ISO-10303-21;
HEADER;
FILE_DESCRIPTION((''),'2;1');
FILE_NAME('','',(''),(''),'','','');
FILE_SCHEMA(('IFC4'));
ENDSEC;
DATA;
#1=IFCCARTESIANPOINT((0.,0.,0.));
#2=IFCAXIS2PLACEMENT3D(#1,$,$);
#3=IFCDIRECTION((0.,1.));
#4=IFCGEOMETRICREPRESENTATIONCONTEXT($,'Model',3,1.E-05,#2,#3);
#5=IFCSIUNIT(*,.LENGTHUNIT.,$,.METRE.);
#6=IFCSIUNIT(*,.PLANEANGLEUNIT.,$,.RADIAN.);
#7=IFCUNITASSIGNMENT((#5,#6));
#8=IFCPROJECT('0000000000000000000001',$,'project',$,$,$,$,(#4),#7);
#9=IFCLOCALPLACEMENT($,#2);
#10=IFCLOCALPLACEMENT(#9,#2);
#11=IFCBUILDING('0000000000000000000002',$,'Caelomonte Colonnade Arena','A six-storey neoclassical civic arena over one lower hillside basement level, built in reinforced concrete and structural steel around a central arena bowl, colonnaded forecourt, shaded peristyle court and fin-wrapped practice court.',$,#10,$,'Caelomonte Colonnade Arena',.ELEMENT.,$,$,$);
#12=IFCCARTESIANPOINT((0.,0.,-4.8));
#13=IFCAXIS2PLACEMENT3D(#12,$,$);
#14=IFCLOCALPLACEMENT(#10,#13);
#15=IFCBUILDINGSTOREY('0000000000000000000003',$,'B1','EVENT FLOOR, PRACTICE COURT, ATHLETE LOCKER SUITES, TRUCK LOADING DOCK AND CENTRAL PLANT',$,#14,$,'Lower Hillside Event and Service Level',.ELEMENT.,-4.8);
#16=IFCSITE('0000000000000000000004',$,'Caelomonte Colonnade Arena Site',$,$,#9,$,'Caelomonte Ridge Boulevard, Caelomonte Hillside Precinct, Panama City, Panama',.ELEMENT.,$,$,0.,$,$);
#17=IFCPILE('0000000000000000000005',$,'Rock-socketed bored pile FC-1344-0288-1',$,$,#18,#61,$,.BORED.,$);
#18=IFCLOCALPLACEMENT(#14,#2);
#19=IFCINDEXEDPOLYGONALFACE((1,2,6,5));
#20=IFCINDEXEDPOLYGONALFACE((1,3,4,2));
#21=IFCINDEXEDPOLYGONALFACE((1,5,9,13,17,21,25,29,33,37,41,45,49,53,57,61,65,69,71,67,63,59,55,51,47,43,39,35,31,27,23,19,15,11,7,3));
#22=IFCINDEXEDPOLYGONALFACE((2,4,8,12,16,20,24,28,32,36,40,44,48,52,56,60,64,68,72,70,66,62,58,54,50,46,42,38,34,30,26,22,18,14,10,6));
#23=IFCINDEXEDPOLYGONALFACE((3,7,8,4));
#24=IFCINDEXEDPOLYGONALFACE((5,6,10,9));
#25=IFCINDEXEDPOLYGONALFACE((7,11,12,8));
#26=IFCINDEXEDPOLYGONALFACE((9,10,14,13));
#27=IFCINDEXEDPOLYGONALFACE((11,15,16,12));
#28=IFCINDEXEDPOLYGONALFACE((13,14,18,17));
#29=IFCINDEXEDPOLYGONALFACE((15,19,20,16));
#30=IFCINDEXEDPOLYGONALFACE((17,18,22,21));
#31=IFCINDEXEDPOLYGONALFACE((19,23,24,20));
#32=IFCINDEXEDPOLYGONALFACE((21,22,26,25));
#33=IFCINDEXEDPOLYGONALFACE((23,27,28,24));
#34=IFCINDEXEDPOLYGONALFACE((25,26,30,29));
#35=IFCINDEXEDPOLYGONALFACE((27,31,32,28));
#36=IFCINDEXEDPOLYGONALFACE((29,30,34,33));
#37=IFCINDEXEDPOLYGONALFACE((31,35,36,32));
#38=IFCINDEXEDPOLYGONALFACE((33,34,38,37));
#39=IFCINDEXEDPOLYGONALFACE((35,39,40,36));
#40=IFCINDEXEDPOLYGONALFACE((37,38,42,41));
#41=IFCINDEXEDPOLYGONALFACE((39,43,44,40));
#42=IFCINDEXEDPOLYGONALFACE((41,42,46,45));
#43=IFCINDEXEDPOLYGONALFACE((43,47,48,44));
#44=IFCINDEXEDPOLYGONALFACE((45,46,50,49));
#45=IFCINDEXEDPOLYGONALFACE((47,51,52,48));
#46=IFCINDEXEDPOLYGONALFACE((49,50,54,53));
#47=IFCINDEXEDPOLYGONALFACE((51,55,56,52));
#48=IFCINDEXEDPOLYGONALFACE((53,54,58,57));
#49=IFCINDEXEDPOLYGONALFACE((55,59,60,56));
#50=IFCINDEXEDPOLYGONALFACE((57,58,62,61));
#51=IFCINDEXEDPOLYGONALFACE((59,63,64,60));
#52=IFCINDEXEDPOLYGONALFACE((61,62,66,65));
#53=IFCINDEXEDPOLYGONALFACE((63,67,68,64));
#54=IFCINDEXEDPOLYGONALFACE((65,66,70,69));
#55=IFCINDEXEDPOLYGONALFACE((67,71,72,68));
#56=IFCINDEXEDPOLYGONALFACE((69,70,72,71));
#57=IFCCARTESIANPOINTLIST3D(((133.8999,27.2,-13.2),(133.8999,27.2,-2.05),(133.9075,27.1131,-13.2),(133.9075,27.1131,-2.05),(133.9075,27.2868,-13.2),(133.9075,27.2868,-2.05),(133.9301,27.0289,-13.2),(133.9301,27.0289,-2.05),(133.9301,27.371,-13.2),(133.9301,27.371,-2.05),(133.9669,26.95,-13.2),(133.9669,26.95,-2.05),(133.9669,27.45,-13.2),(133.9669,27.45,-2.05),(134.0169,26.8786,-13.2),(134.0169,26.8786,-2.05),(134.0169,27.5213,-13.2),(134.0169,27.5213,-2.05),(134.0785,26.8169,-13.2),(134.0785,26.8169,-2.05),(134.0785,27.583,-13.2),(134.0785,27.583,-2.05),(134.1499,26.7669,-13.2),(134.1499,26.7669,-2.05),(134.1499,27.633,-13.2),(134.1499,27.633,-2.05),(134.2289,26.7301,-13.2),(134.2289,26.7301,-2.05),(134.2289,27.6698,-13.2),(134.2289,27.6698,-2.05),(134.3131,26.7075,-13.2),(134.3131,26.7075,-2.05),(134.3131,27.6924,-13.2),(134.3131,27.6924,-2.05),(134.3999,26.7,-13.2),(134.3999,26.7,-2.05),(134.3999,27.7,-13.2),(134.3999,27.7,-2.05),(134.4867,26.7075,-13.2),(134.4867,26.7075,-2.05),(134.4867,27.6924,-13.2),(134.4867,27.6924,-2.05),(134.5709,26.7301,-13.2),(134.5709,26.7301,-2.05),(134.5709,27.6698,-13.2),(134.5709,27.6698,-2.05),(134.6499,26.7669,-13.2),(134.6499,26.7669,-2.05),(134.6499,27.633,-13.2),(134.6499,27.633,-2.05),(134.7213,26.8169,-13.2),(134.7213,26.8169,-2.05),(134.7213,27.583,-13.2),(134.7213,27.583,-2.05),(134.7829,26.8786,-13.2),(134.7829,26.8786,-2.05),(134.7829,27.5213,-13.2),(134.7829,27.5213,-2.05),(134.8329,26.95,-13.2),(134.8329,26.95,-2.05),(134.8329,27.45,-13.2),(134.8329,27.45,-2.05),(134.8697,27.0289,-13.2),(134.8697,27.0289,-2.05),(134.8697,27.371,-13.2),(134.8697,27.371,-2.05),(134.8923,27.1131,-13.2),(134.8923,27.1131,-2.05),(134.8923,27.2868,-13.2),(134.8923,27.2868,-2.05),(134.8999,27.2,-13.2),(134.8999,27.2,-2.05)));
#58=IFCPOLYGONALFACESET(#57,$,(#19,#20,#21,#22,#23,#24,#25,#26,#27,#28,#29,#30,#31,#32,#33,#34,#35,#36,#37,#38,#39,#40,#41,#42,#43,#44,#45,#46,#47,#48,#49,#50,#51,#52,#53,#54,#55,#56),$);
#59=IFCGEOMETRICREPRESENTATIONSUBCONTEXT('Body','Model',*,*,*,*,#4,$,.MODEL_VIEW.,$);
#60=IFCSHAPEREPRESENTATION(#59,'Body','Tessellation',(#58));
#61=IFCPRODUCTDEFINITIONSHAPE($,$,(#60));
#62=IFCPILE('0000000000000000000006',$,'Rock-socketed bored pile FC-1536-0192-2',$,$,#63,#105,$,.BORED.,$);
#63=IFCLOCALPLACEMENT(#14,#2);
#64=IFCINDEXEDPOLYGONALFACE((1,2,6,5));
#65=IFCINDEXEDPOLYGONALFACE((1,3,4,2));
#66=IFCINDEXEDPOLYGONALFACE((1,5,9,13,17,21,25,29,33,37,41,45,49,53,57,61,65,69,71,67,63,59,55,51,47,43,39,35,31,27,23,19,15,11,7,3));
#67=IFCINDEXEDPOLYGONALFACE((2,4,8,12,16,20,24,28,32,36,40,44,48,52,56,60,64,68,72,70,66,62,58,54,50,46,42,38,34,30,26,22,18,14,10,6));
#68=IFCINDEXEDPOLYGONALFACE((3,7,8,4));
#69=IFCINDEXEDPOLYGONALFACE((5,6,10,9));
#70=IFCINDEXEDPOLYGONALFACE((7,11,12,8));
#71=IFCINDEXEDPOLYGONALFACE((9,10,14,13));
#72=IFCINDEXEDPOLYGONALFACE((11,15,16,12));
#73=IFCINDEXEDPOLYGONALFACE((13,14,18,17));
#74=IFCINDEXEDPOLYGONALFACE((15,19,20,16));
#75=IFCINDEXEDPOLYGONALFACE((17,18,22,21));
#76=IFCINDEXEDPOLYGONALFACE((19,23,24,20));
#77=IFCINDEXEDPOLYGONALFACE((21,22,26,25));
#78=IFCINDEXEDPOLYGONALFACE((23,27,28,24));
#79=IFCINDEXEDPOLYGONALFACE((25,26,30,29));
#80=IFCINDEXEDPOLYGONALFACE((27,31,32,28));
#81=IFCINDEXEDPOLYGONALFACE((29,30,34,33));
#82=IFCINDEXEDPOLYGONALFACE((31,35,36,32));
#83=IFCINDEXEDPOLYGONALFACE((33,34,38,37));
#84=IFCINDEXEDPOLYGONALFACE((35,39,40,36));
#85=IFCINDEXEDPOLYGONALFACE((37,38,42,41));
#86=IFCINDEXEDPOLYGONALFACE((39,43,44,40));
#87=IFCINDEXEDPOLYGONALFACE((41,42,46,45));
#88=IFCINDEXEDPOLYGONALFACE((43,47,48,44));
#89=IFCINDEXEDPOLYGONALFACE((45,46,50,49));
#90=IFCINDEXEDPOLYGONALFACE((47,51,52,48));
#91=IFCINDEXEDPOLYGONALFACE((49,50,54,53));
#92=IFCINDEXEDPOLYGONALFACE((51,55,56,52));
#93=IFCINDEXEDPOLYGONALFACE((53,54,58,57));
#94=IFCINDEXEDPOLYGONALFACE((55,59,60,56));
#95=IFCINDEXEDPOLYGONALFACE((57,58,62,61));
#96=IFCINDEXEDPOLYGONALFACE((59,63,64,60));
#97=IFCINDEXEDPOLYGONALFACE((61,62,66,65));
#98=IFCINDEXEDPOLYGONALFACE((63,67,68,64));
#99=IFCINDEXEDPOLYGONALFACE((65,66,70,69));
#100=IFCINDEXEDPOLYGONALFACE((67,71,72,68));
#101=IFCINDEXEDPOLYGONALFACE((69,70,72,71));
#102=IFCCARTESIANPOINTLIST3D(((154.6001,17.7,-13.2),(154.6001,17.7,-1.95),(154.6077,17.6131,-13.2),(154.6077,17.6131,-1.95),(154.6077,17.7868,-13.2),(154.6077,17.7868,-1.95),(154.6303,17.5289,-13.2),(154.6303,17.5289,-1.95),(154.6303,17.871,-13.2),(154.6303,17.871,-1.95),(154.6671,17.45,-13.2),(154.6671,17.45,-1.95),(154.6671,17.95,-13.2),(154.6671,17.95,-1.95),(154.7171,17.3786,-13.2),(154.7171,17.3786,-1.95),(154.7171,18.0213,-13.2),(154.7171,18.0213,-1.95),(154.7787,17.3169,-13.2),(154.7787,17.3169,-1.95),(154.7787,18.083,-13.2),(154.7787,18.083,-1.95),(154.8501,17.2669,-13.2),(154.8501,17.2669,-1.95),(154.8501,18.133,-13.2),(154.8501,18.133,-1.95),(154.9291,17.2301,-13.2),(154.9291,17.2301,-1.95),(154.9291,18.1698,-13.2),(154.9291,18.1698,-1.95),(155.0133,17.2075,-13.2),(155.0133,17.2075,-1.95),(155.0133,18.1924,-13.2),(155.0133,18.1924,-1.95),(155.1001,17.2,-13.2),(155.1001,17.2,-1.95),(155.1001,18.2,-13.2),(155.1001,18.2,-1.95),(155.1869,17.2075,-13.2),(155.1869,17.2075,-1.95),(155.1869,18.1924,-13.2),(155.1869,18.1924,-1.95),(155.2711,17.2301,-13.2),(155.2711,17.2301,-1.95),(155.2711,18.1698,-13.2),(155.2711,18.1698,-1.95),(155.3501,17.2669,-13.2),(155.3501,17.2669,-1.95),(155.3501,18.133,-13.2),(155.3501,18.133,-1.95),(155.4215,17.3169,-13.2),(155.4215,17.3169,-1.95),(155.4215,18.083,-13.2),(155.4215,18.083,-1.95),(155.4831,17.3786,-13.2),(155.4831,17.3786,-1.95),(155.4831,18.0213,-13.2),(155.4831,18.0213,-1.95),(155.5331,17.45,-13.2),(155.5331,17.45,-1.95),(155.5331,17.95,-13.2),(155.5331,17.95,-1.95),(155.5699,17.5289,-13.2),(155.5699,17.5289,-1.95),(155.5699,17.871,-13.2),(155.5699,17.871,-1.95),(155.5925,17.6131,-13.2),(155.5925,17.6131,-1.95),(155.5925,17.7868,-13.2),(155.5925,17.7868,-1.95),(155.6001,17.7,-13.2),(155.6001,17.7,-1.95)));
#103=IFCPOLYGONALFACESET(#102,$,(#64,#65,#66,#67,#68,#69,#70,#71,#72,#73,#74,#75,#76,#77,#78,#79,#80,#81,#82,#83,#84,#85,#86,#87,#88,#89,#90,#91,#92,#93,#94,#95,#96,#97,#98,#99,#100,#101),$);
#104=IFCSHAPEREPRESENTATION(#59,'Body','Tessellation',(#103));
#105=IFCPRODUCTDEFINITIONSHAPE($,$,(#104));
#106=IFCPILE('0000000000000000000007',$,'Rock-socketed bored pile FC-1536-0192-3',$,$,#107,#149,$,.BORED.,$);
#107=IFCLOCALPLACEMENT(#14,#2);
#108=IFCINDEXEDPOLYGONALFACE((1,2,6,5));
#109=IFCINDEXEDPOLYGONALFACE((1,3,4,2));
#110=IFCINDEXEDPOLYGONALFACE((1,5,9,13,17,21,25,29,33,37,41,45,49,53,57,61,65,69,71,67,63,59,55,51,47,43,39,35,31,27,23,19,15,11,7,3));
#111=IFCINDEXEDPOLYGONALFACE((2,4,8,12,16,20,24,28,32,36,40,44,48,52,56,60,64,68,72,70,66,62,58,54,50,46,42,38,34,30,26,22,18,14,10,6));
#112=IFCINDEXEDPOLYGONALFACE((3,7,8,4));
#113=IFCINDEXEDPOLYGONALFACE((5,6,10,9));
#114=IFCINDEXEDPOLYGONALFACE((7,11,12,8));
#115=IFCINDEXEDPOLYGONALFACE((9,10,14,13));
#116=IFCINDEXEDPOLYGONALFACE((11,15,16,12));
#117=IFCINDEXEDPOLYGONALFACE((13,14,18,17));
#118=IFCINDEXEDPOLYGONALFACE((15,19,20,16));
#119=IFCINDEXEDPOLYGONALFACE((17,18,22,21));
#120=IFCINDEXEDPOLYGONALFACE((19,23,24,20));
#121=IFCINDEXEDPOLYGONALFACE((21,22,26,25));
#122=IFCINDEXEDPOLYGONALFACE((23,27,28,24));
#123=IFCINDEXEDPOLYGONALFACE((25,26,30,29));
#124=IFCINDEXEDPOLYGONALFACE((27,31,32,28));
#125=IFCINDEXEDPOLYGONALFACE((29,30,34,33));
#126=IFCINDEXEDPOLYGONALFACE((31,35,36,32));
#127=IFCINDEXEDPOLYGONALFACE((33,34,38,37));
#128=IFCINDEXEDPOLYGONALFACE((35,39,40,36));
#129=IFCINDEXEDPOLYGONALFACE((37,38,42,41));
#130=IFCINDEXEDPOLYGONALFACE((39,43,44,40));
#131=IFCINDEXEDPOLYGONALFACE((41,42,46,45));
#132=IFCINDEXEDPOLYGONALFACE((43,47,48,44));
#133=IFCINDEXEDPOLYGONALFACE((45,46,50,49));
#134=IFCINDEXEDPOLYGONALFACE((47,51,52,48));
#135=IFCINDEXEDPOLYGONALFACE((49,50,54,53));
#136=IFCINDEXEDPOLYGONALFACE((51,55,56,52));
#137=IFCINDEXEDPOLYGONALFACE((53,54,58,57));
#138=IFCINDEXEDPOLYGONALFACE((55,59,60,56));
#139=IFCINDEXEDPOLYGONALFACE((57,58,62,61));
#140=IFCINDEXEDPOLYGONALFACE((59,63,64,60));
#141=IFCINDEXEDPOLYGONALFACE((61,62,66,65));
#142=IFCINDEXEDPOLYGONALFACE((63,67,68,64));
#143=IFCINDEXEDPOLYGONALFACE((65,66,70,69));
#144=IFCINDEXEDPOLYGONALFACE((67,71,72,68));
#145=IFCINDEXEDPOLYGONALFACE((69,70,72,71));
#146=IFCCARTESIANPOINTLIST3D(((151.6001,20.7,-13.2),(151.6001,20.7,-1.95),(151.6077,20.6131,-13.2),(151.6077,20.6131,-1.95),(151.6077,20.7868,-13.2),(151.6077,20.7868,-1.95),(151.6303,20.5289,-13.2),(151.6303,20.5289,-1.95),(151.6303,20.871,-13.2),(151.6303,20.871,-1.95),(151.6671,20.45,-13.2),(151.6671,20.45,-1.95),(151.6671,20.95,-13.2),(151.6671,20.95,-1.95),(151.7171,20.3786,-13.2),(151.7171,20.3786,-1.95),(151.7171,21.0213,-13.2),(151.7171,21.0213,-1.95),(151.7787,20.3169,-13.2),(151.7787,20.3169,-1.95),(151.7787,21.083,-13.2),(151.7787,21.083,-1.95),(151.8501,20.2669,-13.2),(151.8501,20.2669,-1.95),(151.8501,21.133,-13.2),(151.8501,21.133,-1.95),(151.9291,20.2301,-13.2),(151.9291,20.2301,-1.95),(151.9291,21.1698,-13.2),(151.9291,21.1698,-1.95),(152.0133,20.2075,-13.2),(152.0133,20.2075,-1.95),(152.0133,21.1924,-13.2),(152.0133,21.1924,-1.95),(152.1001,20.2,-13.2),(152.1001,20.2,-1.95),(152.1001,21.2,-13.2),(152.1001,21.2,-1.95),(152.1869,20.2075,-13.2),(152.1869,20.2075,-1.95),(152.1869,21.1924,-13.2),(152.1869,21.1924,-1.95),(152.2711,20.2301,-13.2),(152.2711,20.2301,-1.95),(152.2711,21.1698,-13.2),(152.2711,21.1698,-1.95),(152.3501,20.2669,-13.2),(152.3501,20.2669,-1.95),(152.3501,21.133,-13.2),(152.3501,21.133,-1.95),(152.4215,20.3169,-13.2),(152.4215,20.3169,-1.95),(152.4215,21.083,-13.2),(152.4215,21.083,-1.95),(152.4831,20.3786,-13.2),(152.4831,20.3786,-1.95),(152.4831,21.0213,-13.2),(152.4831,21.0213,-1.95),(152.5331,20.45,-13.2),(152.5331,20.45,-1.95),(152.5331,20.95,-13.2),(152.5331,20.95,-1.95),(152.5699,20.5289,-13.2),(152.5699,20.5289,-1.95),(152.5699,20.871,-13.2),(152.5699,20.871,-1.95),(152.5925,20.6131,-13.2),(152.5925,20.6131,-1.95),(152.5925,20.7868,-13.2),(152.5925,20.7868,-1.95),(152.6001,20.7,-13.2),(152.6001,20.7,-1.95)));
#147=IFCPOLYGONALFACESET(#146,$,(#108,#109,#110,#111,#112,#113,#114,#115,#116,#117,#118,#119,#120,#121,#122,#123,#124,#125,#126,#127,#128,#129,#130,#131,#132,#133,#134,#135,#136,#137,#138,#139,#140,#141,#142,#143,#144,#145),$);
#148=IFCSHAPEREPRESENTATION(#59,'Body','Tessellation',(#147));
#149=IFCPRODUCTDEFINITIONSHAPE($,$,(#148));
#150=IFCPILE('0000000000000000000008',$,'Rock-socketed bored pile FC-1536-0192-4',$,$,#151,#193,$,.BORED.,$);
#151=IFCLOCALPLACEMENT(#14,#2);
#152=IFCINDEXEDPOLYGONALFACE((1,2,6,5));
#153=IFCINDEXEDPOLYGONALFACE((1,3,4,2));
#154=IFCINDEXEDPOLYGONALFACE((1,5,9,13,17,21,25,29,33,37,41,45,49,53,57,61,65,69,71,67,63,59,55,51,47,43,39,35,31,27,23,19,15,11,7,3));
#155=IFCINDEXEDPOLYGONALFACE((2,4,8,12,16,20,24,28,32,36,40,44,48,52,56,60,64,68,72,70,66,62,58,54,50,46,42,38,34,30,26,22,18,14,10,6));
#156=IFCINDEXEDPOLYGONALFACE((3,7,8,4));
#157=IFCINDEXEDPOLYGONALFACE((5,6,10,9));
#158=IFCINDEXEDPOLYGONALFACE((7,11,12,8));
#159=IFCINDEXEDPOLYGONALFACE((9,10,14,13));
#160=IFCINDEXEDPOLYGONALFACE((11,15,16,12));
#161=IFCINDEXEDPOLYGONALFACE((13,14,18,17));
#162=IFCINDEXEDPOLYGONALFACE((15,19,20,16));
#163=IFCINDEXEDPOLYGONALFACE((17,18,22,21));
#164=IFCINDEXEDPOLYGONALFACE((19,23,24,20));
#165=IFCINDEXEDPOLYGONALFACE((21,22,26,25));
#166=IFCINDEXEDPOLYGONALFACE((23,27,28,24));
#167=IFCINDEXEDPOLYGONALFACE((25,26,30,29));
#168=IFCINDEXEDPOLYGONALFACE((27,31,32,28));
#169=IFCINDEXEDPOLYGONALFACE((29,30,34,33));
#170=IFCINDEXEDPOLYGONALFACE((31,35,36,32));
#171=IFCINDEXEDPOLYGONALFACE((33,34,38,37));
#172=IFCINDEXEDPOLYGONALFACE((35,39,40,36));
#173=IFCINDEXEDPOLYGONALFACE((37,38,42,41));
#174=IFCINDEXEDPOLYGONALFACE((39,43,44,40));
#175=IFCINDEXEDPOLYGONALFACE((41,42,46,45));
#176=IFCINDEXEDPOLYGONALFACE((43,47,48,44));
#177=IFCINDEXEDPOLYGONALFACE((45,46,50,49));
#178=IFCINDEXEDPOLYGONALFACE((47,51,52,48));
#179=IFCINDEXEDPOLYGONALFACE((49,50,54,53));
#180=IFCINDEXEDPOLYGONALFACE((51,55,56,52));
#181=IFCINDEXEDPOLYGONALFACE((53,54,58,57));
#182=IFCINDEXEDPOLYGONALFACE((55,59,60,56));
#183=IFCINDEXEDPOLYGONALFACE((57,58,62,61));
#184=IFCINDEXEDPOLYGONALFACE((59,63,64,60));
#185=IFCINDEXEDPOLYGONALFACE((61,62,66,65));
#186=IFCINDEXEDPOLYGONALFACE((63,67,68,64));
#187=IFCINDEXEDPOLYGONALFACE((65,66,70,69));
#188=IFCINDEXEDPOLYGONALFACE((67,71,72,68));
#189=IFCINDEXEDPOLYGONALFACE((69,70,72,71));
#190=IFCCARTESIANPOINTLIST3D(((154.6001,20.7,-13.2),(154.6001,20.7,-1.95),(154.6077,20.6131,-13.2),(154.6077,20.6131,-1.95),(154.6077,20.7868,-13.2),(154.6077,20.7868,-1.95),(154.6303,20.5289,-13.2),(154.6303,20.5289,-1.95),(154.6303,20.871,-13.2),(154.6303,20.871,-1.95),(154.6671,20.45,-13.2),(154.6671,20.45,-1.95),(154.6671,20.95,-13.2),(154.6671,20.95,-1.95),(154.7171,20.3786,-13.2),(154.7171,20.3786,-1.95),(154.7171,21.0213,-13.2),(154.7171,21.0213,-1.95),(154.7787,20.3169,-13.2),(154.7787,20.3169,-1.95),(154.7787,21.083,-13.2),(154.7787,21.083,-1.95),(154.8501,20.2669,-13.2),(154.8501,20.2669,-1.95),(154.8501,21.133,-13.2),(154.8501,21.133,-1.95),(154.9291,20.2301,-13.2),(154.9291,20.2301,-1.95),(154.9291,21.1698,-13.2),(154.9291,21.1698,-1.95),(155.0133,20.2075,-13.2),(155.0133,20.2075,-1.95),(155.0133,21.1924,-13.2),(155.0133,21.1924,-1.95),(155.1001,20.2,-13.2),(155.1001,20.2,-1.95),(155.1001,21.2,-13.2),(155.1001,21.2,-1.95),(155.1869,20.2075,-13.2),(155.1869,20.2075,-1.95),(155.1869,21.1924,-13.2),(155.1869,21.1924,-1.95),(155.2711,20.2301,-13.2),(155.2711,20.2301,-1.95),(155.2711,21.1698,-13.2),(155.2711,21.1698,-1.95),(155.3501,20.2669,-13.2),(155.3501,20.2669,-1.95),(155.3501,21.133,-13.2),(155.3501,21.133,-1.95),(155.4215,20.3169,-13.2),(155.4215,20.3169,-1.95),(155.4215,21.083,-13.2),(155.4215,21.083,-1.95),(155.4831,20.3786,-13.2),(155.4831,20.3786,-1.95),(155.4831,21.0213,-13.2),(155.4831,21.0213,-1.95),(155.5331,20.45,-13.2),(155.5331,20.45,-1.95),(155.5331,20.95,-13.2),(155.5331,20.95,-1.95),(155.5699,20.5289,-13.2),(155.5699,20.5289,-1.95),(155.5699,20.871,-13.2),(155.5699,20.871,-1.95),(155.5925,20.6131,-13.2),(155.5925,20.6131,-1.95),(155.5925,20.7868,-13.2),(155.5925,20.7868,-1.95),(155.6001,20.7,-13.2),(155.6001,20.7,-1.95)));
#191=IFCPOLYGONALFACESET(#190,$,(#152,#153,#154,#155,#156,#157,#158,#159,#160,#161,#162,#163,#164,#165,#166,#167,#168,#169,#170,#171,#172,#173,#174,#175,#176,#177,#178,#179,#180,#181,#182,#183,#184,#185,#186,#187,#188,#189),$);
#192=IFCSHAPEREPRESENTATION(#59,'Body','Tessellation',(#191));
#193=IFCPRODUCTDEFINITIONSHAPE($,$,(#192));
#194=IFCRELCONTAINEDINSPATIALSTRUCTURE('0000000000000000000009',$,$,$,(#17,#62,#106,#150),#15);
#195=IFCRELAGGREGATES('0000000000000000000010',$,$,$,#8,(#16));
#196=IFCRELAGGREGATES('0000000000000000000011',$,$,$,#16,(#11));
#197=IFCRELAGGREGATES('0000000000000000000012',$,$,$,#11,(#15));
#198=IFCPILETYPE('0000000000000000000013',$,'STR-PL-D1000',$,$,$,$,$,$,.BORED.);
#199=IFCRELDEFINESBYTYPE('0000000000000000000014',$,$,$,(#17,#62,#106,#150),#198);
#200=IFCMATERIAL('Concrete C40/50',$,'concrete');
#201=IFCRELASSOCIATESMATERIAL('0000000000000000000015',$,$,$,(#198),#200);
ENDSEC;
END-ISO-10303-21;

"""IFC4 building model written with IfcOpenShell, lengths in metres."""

from ifc_helpers import new_model, si_unit, direction, frame, origin, origin_2d, place, context, subcontext, project, spatial, circle, extrude, material, material_profile, profile_set, type_object, element, save


model = new_model("IFC4")

# Units and contexts
model_context = context("Model", 3, precision=1e-05, world=origin(), true_north=direction((0.0, 1.0)))
body_context = subcontext(model_context, "Body", "Model", "MODEL_VIEW")
ifc_project = project(units=[si_unit("LENGTHUNIT", "METRE"), si_unit("PLANEANGLEUNIT", "RADIAN")], contexts=[model_context])

# Site, building, storey
site_placement = place(None, origin())
site = spatial("IfcSite", under=ifc_project, at=site_placement, Name="Caelomonte Colonnade Arena Site", LongName="Caelomonte Ridge Boulevard, Caelomonte Hillside Precinct, Panama City, Panama", CompositionType="ELEMENT", RefElevation=0.0)
building_placement = place(site_placement, origin())
building = spatial("IfcBuilding", under=site, at=building_placement, Name="Caelomonte Colonnade Arena", Description="A six-storey neoclassical civic arena over one lower hillside basement level, built in reinforced concrete and structural steel around a central arena bowl, colonnaded forecourt, shaded peristyle court and fin-wrapped practice court.", LongName="Caelomonte Colonnade Arena", CompositionType="ELEMENT")
storey_placement = place(building_placement, frame((0.0, 0.0, -4.8)))
storey = spatial("IfcBuildingStorey", under=building, at=storey_placement, Name="B1", Description="EVENT FLOOR, PRACTICE COURT, ATHLETE LOCKER SUITES, TRUCK LOADING DOCK AND CENTRAL PLANT", LongName="Lower Hillside Event and Service Level", CompositionType="ELEMENT", Elevation=-4.8)

# Shared definitions
ifc_material_1 = material(Name="Concrete C40/50", Category="concrete")

# Piles
ifc_material_profile_1 = material_profile(ifc_material_1, circle(Radius=0.5, at=origin_2d()), Name="PILE-D1000")
ifc_profile_set_1 = profile_set([ifc_material_profile_1], Name="Concrete C40/50")
pile_type_1 = type_object("IfcPileType", Name="STR-PL-D1000", PredefinedType="BORED", material=ifc_profile_set_1)
for number, where, z_axis, x_axis, name in (
    (1, (134.3999, 27.2, -2.05), (0.0, 0.0, -1.0), (1.0, 0.0, 0.0), "Rock-socketed bored pile FC-1344-0288-1"),
):
    element("IfcPile", number, at=place(storey_placement, frame(where, z_axis=z_axis, x_axis=x_axis)), inside=storey, type_object=pile_type_1, Name=name, PredefinedType="BORED", context=body_context, shape_type="SweptSolid", body=[
        extrude(circle(Radius=0.5, at=origin_2d()), origin(), (0.0, 0.0, 1.0), 11.1499),
    ])
for number, where, z_axis, x_axis, name in (
    (2, (155.1001, 17.7, -1.95), (0.0, 0.0, -1.0), (1.0, 0.0, 0.0), "Rock-socketed bored pile FC-1536-0192-2"),
    (3, (152.1001, 20.7, -1.95), (0.0, 0.0, -1.0), (1.0, 0.0, 0.0), "Rock-socketed bored pile FC-1536-0192-3"),
    (4, (155.1001, 20.7, -1.95), (0.0, 0.0, -1.0), (1.0, 0.0, 0.0), "Rock-socketed bored pile FC-1536-0192-4"),
):
    element("IfcPile", number, at=place(storey_placement, frame(where, z_axis=z_axis, x_axis=x_axis)), inside=storey, type_object=pile_type_1, Name=name, PredefinedType="BORED", context=body_context, shape_type="SweptSolid", body=[
        extrude(circle(Radius=0.5, at=origin_2d()), origin(), (0.0, 0.0, 1.0), 11.25),
    ])

save(model, "model.ifc")
